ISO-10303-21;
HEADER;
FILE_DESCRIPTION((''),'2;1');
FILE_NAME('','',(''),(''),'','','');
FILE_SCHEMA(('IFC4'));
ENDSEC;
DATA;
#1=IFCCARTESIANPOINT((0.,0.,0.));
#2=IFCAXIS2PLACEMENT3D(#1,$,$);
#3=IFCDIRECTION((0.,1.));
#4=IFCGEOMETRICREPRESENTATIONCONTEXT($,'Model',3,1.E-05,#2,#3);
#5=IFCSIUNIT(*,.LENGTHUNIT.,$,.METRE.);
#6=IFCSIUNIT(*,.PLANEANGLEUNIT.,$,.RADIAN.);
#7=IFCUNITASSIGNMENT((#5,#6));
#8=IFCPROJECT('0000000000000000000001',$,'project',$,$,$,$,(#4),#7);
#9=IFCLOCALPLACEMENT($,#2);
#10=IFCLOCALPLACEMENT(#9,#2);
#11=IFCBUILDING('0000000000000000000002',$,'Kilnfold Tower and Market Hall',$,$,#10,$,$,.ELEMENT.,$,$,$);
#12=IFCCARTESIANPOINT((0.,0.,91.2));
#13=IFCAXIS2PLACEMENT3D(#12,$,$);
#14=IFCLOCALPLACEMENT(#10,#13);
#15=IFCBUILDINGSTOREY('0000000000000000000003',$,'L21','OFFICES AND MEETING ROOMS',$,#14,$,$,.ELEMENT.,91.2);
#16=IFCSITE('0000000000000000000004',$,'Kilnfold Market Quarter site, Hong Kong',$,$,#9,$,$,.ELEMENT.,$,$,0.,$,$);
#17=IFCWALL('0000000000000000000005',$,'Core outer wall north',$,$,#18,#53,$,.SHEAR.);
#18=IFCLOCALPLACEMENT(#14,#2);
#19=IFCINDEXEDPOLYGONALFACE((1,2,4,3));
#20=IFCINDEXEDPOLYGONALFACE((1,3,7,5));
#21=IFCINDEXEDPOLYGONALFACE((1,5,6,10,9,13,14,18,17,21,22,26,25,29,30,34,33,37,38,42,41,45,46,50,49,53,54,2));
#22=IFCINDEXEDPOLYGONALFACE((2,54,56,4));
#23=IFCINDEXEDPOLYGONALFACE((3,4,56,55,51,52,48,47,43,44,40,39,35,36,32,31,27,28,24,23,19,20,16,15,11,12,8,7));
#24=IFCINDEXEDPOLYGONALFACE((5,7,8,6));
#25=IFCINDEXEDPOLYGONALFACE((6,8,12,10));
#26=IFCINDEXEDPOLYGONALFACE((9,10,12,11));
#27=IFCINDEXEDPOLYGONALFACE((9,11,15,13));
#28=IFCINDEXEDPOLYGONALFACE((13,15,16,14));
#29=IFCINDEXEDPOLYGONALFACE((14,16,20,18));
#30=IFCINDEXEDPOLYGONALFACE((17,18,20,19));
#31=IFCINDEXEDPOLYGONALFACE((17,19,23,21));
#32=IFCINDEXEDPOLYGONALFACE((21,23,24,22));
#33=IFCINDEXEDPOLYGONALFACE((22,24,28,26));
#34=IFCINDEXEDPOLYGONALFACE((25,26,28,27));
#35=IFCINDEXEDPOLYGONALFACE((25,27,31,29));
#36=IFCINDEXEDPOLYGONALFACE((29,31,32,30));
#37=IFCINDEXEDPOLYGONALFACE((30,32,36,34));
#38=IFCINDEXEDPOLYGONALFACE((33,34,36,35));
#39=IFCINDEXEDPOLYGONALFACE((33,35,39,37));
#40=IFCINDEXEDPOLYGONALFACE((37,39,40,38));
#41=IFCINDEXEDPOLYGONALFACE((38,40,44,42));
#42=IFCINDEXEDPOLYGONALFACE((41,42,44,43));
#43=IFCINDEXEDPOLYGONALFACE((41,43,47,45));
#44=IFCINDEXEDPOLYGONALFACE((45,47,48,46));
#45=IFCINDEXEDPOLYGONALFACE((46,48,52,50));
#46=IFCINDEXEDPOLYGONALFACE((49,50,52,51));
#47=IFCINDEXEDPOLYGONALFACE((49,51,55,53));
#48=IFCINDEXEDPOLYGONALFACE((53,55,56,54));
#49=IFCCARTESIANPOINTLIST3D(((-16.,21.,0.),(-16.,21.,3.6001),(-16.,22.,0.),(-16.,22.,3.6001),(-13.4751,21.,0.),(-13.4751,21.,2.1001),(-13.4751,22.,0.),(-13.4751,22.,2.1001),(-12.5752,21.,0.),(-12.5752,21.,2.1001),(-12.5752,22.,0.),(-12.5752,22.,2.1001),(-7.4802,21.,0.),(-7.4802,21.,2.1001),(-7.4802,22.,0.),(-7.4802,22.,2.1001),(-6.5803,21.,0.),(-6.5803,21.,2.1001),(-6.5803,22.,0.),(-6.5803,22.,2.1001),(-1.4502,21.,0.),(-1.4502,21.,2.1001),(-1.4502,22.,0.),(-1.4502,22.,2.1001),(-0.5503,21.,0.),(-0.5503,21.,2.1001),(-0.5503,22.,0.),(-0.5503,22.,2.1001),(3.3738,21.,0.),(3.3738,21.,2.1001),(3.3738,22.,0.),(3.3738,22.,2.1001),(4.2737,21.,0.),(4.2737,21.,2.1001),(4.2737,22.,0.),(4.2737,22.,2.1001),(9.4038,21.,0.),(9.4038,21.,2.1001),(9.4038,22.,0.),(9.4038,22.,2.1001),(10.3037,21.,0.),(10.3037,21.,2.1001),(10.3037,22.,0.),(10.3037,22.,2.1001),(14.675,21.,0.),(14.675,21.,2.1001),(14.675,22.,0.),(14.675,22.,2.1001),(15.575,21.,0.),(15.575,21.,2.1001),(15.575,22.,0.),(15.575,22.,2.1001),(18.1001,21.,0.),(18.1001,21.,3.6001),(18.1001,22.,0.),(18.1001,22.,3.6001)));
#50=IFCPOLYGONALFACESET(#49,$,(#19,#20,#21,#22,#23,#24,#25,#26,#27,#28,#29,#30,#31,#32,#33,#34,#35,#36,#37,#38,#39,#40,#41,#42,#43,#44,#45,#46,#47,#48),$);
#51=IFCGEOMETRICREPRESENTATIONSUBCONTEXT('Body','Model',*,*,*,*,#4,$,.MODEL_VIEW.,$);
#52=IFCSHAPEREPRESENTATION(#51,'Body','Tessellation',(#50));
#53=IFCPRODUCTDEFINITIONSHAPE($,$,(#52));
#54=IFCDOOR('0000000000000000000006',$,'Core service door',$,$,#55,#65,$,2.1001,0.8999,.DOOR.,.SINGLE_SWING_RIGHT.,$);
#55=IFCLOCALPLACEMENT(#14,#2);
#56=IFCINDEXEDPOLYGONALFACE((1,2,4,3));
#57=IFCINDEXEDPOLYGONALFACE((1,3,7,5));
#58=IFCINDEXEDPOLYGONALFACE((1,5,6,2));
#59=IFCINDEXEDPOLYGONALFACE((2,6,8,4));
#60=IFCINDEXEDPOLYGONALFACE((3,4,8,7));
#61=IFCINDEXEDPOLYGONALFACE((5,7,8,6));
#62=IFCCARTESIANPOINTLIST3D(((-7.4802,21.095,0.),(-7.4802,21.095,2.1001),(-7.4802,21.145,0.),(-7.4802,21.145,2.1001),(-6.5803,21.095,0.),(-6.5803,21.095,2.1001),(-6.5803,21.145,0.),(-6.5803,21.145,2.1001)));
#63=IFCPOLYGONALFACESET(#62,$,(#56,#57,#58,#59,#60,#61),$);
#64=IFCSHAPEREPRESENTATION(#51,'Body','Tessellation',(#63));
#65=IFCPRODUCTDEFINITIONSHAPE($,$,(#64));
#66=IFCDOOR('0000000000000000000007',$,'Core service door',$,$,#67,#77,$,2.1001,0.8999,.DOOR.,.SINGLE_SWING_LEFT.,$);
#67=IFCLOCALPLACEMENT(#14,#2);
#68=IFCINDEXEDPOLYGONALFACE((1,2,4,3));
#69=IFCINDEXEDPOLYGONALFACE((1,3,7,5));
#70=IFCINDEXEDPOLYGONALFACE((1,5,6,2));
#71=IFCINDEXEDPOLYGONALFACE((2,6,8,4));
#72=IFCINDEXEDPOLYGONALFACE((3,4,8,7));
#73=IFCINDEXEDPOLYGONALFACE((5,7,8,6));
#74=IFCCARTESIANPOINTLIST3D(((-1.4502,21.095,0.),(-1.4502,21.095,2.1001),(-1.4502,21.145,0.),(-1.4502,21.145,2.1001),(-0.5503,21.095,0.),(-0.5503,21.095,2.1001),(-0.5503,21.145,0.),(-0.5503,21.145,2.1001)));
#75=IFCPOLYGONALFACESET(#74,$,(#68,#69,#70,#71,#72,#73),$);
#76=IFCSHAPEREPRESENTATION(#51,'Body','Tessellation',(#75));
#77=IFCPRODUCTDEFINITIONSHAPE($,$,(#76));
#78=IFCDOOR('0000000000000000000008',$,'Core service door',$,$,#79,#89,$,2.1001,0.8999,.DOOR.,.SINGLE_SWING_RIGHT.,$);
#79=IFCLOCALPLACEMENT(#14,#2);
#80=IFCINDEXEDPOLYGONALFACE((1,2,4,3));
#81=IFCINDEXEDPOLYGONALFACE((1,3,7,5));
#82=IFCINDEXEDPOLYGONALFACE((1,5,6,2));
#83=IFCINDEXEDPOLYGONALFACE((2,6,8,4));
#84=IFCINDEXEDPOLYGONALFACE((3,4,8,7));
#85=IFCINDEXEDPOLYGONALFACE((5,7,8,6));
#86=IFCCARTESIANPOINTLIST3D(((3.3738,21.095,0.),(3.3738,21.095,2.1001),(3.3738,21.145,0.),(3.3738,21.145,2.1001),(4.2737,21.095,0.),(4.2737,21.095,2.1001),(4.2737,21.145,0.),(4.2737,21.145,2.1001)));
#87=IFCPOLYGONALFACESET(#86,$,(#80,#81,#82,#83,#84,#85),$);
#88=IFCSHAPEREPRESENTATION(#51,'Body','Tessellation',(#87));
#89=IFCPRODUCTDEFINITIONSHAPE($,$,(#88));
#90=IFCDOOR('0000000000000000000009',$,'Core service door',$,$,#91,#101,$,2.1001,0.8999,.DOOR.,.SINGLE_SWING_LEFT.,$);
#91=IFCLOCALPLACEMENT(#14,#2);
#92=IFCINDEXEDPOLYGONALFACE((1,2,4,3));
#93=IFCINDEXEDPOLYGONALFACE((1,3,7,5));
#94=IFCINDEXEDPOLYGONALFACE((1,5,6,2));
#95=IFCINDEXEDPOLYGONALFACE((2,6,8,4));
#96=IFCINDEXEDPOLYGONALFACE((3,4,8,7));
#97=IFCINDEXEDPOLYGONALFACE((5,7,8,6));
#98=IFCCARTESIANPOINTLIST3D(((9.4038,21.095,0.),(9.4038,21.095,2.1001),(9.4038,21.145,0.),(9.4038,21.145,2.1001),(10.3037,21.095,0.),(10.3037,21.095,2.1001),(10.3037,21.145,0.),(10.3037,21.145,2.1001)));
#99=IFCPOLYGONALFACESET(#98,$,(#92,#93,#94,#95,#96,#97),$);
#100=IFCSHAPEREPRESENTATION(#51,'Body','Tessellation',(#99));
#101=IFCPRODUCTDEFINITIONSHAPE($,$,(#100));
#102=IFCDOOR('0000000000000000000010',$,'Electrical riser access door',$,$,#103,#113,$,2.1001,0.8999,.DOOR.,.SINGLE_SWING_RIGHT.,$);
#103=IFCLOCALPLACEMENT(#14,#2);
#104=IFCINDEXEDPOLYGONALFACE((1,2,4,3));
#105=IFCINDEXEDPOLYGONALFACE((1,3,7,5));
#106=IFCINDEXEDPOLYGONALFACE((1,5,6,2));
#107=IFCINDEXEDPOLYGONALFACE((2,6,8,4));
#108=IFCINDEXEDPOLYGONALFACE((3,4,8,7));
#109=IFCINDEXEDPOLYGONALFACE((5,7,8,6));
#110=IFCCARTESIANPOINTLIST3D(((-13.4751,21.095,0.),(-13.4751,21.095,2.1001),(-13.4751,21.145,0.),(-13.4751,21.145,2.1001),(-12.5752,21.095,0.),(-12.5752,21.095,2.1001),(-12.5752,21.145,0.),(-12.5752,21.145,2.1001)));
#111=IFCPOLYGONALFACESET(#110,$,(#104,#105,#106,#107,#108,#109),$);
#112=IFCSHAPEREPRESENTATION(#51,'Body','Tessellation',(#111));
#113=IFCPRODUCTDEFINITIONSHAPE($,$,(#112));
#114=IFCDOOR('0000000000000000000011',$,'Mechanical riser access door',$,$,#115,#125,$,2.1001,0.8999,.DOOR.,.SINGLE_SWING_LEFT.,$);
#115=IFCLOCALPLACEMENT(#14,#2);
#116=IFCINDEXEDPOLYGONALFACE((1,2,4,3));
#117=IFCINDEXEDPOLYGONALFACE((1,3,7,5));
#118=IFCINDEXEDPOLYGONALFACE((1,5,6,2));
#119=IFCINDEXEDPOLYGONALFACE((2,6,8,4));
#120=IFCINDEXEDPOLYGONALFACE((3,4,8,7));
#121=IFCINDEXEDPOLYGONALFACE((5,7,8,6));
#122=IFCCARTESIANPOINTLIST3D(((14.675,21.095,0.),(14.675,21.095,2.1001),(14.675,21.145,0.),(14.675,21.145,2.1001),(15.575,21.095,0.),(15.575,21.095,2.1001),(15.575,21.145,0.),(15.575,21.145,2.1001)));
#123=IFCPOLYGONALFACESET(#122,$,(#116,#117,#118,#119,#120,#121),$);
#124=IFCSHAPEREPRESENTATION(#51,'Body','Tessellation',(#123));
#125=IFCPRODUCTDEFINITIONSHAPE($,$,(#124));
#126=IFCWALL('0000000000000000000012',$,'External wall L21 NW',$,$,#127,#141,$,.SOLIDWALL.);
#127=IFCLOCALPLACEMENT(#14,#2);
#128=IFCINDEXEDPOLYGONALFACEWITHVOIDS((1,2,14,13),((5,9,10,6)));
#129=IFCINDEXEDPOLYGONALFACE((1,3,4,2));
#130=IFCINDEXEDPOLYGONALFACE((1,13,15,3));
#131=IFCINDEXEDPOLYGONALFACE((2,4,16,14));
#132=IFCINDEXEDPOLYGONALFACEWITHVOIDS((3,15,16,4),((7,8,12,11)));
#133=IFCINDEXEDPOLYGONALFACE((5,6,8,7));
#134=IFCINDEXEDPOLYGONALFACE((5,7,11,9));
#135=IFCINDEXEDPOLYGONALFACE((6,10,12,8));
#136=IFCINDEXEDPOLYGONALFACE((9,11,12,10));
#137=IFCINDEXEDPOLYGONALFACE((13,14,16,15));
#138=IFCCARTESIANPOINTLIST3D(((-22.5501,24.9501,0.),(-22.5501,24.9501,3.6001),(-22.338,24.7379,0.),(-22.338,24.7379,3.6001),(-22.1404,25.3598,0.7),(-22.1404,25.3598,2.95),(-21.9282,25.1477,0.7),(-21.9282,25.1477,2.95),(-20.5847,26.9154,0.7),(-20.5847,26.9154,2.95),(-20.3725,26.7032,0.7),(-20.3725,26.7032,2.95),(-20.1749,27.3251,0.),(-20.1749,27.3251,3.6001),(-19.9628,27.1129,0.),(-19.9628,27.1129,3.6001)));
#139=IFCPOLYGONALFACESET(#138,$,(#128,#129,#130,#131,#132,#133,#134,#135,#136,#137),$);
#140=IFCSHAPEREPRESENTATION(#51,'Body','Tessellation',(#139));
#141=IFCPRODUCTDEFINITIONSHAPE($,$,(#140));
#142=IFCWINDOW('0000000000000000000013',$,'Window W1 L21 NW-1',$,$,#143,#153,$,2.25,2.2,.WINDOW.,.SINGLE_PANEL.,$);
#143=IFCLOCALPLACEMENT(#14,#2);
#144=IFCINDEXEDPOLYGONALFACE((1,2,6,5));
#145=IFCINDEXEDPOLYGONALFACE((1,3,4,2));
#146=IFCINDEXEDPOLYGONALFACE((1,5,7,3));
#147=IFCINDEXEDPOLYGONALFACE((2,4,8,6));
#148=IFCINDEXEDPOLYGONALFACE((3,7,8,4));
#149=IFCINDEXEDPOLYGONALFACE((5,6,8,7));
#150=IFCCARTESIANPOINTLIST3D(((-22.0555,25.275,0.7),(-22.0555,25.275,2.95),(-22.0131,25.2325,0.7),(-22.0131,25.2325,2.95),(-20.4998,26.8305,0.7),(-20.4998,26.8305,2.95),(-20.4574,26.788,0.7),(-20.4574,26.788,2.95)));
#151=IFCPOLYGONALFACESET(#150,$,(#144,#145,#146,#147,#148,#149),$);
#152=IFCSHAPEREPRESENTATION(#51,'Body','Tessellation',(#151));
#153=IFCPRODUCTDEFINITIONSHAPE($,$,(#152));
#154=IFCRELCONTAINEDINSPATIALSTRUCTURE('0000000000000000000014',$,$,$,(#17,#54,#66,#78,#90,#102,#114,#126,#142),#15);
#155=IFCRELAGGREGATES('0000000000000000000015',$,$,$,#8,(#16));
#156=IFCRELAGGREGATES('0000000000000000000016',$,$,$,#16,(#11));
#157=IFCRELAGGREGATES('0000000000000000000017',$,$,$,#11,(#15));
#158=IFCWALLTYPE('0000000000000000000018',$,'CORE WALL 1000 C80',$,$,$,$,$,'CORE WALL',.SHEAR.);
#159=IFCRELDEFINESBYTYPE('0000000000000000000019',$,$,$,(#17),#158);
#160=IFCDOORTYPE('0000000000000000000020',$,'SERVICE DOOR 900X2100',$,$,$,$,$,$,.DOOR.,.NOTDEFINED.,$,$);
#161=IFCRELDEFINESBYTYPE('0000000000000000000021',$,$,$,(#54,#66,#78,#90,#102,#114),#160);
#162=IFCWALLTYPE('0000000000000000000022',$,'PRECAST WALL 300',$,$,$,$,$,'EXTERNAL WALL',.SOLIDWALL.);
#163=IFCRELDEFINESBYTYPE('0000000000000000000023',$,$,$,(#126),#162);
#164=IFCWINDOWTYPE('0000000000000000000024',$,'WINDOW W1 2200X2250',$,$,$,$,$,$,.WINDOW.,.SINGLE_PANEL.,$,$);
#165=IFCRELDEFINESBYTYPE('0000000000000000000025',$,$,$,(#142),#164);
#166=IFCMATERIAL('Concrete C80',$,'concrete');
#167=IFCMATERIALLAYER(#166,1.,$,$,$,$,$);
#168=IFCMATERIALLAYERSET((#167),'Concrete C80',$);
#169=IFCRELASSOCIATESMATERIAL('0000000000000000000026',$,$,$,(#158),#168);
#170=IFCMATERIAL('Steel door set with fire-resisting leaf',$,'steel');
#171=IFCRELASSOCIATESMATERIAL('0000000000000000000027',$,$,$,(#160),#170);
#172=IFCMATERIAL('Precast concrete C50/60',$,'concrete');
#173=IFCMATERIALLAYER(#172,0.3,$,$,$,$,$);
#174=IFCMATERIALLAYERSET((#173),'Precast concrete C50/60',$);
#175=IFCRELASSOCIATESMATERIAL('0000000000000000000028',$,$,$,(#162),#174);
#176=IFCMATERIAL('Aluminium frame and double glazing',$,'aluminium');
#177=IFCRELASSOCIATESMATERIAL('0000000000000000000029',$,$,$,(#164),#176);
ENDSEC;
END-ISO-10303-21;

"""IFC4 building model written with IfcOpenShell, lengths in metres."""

from ifc_helpers import new_model, si_unit, direction, frame, frame_2d, origin, place, context, subcontext, project, spatial, rectangle, extrude, source, transform, mapped, material, layer, layer_set, type_object, element, fill, save


model = new_model("IFC4")

# Units and contexts
model_context = context("Model", 3, precision=1e-05, world=origin(), true_north=direction((0.0, 1.0)))
body_context = subcontext(model_context, "Body", "Model", "MODEL_VIEW")
ifc_project = project(units=[si_unit("LENGTHUNIT", "METRE"), si_unit("PLANEANGLEUNIT", "RADIAN")], contexts=[model_context])

# Site, building, storey
site_placement = place(None, origin())
site = spatial("IfcSite", under=ifc_project, at=site_placement, Name="Kilnfold Market Quarter site, Hong Kong", CompositionType="ELEMENT", RefElevation=0.0)
building_placement = place(site_placement, origin())
building = spatial("IfcBuilding", under=site, at=building_placement, Name="Kilnfold Tower and Market Hall", CompositionType="ELEMENT")
storey_placement = place(building_placement, frame((0.0, 0.0, 91.2)))
storey = spatial("IfcBuildingStorey", under=building, at=storey_placement, Name="L21", Description="OFFICES AND MEETING ROOMS", CompositionType="ELEMENT", Elevation=91.2)

# Wall, openings, doors
ifc_material_1 = material(Name="Concrete C80", Category="concrete")
ifc_layer_1 = layer(ifc_material_1, 1.0)
ifc_layer_set_1 = layer_set([ifc_layer_1], Name="Concrete C80")
wall_type_1 = type_object("IfcWallType", Name="CORE WALL 1000 C80", ElementType="CORE WALL", PredefinedType="SHEAR", material=ifc_layer_set_1)
shared_shape_1 = source(origin(), body_context, "Body", "SweptSolid", [
    extrude(rectangle(XDim=34.1001, YDim=1.0, at=frame_2d((17.05, 0.0))), origin(), (0.0, 0.0, 1.0), 3.6001),
])
wall_1_placement = place(storey_placement, frame((-16.0, 21.5, 0.0), z_axis=(0.0, 0.0, 1.0), x_axis=(1.0, 0.0, 0.0)))
wall_1 = element("IfcWall", 1, at=wall_1_placement, inside=storey, type_object=wall_type_1, Name="Core outer wall north", PredefinedType="SHEAR", context=body_context, shape_type="MappedRepresentation", body=[
    mapped(shared_shape_1, transform((0.0, 0.0, 0.0))),
])
opening_1_placement = place(wall_1_placement, frame((8.5198, 0.0, 0.0)))
opening_1 = element("IfcOpeningElement", 2, at=opening_1_placement, cuts=wall_1, PredefinedType="OPENING", context=body_context, shape_type="SweptSolid", body=[
    extrude(rectangle(XDim=0.8999, YDim=2.1001, at=frame_2d((0.45, 1.05))), frame((0.0, 0.51, 0.0), z_axis=(0.0, -1.0, 0.0), x_axis=(1.0, 0.0, 0.0)), (0.0, 0.0, 1.0), 1.02),
])
opening_2_placement = place(wall_1_placement, frame((14.5498, 0.0, 0.0)))
opening_2 = element("IfcOpeningElement", 3, at=opening_2_placement, cuts=wall_1, PredefinedType="OPENING", context=body_context, shape_type="SweptSolid", body=[
    extrude(rectangle(XDim=0.8999, YDim=2.1001, at=frame_2d((0.45, 1.05))), frame((0.0, 0.51, 0.0), z_axis=(0.0, -1.0, 0.0), x_axis=(1.0, 0.0, 0.0)), (0.0, 0.0, 1.0), 1.02),
])
opening_3_placement = place(wall_1_placement, frame((19.3738, 0.0, 0.0)))
opening_3 = element("IfcOpeningElement", 4, at=opening_3_placement, cuts=wall_1, PredefinedType="OPENING", context=body_context, shape_type="SweptSolid", body=[
    extrude(rectangle(XDim=0.8999, YDim=2.1001, at=frame_2d((0.45, 1.05))), frame((0.0, 0.51, 0.0), z_axis=(0.0, -1.0, 0.0), x_axis=(1.0, 0.0, 0.0)), (0.0, 0.0, 1.0), 1.02),
])
opening_4_placement = place(wall_1_placement, frame((25.4038, 0.0, 0.0)))
opening_4 = element("IfcOpeningElement", 5, at=opening_4_placement, cuts=wall_1, PredefinedType="OPENING", context=body_context, shape_type="SweptSolid", body=[
    extrude(rectangle(XDim=0.8999, YDim=2.1001, at=frame_2d((0.45, 1.05))), frame((0.0, 0.51, 0.0), z_axis=(0.0, -1.0, 0.0), x_axis=(1.0, 0.0, 0.0)), (0.0, 0.0, 1.0), 1.02),
])
opening_5_placement = place(wall_1_placement, frame((2.5249, 0.0, 0.0)))
opening_5 = element("IfcOpeningElement", 6, at=opening_5_placement, cuts=wall_1, PredefinedType="OPENING", context=body_context, shape_type="SweptSolid", body=[
    extrude(rectangle(XDim=0.8999, YDim=2.1001, at=frame_2d((0.45, 1.05))), frame((0.0, 0.51, 0.0), z_axis=(0.0, -1.0, 0.0), x_axis=(1.0, 0.0, 0.0)), (0.0, 0.0, 1.0), 1.02),
])
opening_6_placement = place(wall_1_placement, frame((30.675, 0.0, 0.0)))
opening_6 = element("IfcOpeningElement", 7, at=opening_6_placement, cuts=wall_1, PredefinedType="OPENING", context=body_context, shape_type="SweptSolid", body=[
    extrude(rectangle(XDim=0.8999, YDim=2.1001, at=frame_2d((0.45, 1.05))), frame((0.0, 0.51, 0.0), z_axis=(0.0, -1.0, 0.0), x_axis=(1.0, 0.0, 0.0)), (0.0, 0.0, 1.0), 1.02),
])
ifc_material_2 = material(Name="Steel door set with fire-resisting leaf", Category="steel")
door_type = type_object("IfcDoorType", Name="SERVICE DOOR 900X2100", OperationType="NOTDEFINED", PredefinedType="DOOR", material=ifc_material_2)
door_1_placement = place(opening_1_placement, origin())
door_1 = element("IfcDoor", 8, at=door_1_placement, inside=storey, type_object=door_type, Name="Core service door", OperationType="SINGLE_SWING_RIGHT", OverallHeight=2.1001, OverallWidth=0.8999, PredefinedType="DOOR", context=body_context, shape_type="SweptSolid", body=[
    extrude(rectangle(XDim=0.8999, YDim=2.1001, at=frame_2d((0.45, 1.05))), frame((0.0, -0.355, 0.0), z_axis=(0.0, -1.0, 0.0), x_axis=(1.0, 0.0, 0.0)), (0.0, 0.0, 1.0), 0.05),
])
fill(opening_1, door_1)
door_2_placement = place(opening_2_placement, origin())
door_2 = element("IfcDoor", 9, at=door_2_placement, inside=storey, type_object=door_type, Name="Core service door", OperationType="SINGLE_SWING_LEFT", OverallHeight=2.1001, OverallWidth=0.8999, PredefinedType="DOOR", context=body_context, shape_type="SweptSolid", body=[
    extrude(rectangle(XDim=0.8999, YDim=2.1001, at=frame_2d((0.45, 1.05))), frame((0.0, -0.355, 0.0), z_axis=(0.0, -1.0, 0.0), x_axis=(1.0, 0.0, 0.0)), (0.0, 0.0, 1.0), 0.05),
])
fill(opening_2, door_2)
door_3_placement = place(opening_3_placement, origin())
door_3 = element("IfcDoor", 10, at=door_3_placement, inside=storey, type_object=door_type, Name="Core service door", OperationType="SINGLE_SWING_RIGHT", OverallHeight=2.1001, OverallWidth=0.8999, PredefinedType="DOOR", context=body_context, shape_type="SweptSolid", body=[
    extrude(rectangle(XDim=0.8999, YDim=2.1001, at=frame_2d((0.45, 1.05))), frame((0.0, -0.355, 0.0), z_axis=(0.0, -1.0, 0.0), x_axis=(1.0, 0.0, 0.0)), (0.0, 0.0, 1.0), 0.05),
])
fill(opening_3, door_3)
door_4_placement = place(opening_4_placement, origin())
door_4 = element("IfcDoor", 11, at=door_4_placement, inside=storey, type_object=door_type, Name="Core service door", OperationType="SINGLE_SWING_LEFT", OverallHeight=2.1001, OverallWidth=0.8999, PredefinedType="DOOR", context=body_context, shape_type="SweptSolid", body=[
    extrude(rectangle(XDim=0.8999, YDim=2.1001, at=frame_2d((0.45, 1.05))), frame((0.0, -0.355, 0.0), z_axis=(0.0, -1.0, 0.0), x_axis=(1.0, 0.0, 0.0)), (0.0, 0.0, 1.0), 0.05),
])
fill(opening_4, door_4)
door_5_placement = place(opening_5_placement, origin())
door_5 = element("IfcDoor", 12, at=door_5_placement, inside=storey, type_object=door_type, Name="Electrical riser access door", OperationType="SINGLE_SWING_RIGHT", OverallHeight=2.1001, OverallWidth=0.8999, PredefinedType="DOOR", context=body_context, shape_type="SweptSolid", body=[
    extrude(rectangle(XDim=0.8999, YDim=2.1001, at=frame_2d((0.45, 1.05))), frame((0.0, -0.355, 0.0), z_axis=(0.0, -1.0, 0.0), x_axis=(1.0, 0.0, 0.0)), (0.0, 0.0, 1.0), 0.05),
])
fill(opening_5, door_5)
door_6_placement = place(opening_6_placement, origin())
door_6 = element("IfcDoor", 13, at=door_6_placement, inside=storey, type_object=door_type, Name="Mechanical riser access door", OperationType="SINGLE_SWING_LEFT", OverallHeight=2.1001, OverallWidth=0.8999, PredefinedType="DOOR", context=body_context, shape_type="SweptSolid", body=[
    extrude(rectangle(XDim=0.8999, YDim=2.1001, at=frame_2d((0.45, 1.05))), frame((0.0, -0.355, 0.0), z_axis=(0.0, -1.0, 0.0), x_axis=(1.0, 0.0, 0.0)), (0.0, 0.0, 1.0), 0.05),
])
fill(opening_6, door_6)

# Wall, opening, window
ifc_material_3 = material(Name="Precast concrete C50/60", Category="concrete")
ifc_layer_2 = layer(ifc_material_3, 0.3)
ifc_layer_set_2 = layer_set([ifc_layer_2], Name="Precast concrete C50/60")
wall_type_2 = type_object("IfcWallType", Name="PRECAST WALL 300", ElementType="EXTERNAL WALL", PredefinedType="SOLIDWALL", material=ifc_layer_set_2)
shared_shape_2 = source(origin(), body_context, "Body", "SweptSolid", [
    extrude(rectangle(XDim=3.3589, YDim=0.3, at=frame_2d((1.6794, 0.0))), origin(), (0.0, 0.0, 1.0), 3.6001),
])
wall_2_placement = place(storey_placement, frame((-20.0688, 27.219, 0.0), z_axis=(0.0, 0.0, 1.0), x_axis=(-0.707143, -0.70707, 0.0)))
wall_2 = element("IfcWall", 14, at=wall_2_placement, inside=storey, type_object=wall_type_2, Name="External wall L21 NW", PredefinedType="SOLIDWALL", context=body_context, shape_type="MappedRepresentation", body=[
    mapped(shared_shape_2, transform((0.0, 0.0, 0.0))),
])
opening_7_placement = place(wall_2_placement, frame((0.5793, 0.0, 0.7)))
opening_7 = element("IfcOpeningElement", 15, at=opening_7_placement, cuts=wall_2, PredefinedType="OPENING", context=body_context, shape_type="SweptSolid", body=[
    extrude(rectangle(XDim=2.2, YDim=2.25, at=frame_2d((1.1001, 1.125))), frame((0.0, 0.1602, 0.0), z_axis=(0.0, -1.0, 0.0), x_axis=(1.0, 0.0, 0.0)), (0.0, 0.0, 1.0), 0.3201),
])
ifc_material_4 = material(Name="Aluminium frame and double glazing", Category="aluminium")
window_type = type_object("IfcWindowType", Name="WINDOW W1 2200X2250", PartitioningType="SINGLE_PANEL", PredefinedType="WINDOW", material=ifc_material_4)
window_1_placement = place(opening_7_placement, origin())
window_1 = element("IfcWindow", 16, at=window_1_placement, inside=storey, type_object=window_type, Name="Window W1 L21 NW-1", OverallHeight=2.25, OverallWidth=2.2, PartitioningType="SINGLE_PANEL", PredefinedType="WINDOW", context=body_context, shape_type="SweptSolid", body=[
    extrude(rectangle(XDim=2.2, YDim=2.25, at=frame_2d((1.1001, 1.125))), frame((0.0, 0.03, 0.0), z_axis=(0.0, -1.0, 0.0), x_axis=(1.0, 0.0, 0.0)), (0.0, 0.0, 1.0), 0.0601),
])
fill(opening_7, window_1)

save(model, "model.ifc")
